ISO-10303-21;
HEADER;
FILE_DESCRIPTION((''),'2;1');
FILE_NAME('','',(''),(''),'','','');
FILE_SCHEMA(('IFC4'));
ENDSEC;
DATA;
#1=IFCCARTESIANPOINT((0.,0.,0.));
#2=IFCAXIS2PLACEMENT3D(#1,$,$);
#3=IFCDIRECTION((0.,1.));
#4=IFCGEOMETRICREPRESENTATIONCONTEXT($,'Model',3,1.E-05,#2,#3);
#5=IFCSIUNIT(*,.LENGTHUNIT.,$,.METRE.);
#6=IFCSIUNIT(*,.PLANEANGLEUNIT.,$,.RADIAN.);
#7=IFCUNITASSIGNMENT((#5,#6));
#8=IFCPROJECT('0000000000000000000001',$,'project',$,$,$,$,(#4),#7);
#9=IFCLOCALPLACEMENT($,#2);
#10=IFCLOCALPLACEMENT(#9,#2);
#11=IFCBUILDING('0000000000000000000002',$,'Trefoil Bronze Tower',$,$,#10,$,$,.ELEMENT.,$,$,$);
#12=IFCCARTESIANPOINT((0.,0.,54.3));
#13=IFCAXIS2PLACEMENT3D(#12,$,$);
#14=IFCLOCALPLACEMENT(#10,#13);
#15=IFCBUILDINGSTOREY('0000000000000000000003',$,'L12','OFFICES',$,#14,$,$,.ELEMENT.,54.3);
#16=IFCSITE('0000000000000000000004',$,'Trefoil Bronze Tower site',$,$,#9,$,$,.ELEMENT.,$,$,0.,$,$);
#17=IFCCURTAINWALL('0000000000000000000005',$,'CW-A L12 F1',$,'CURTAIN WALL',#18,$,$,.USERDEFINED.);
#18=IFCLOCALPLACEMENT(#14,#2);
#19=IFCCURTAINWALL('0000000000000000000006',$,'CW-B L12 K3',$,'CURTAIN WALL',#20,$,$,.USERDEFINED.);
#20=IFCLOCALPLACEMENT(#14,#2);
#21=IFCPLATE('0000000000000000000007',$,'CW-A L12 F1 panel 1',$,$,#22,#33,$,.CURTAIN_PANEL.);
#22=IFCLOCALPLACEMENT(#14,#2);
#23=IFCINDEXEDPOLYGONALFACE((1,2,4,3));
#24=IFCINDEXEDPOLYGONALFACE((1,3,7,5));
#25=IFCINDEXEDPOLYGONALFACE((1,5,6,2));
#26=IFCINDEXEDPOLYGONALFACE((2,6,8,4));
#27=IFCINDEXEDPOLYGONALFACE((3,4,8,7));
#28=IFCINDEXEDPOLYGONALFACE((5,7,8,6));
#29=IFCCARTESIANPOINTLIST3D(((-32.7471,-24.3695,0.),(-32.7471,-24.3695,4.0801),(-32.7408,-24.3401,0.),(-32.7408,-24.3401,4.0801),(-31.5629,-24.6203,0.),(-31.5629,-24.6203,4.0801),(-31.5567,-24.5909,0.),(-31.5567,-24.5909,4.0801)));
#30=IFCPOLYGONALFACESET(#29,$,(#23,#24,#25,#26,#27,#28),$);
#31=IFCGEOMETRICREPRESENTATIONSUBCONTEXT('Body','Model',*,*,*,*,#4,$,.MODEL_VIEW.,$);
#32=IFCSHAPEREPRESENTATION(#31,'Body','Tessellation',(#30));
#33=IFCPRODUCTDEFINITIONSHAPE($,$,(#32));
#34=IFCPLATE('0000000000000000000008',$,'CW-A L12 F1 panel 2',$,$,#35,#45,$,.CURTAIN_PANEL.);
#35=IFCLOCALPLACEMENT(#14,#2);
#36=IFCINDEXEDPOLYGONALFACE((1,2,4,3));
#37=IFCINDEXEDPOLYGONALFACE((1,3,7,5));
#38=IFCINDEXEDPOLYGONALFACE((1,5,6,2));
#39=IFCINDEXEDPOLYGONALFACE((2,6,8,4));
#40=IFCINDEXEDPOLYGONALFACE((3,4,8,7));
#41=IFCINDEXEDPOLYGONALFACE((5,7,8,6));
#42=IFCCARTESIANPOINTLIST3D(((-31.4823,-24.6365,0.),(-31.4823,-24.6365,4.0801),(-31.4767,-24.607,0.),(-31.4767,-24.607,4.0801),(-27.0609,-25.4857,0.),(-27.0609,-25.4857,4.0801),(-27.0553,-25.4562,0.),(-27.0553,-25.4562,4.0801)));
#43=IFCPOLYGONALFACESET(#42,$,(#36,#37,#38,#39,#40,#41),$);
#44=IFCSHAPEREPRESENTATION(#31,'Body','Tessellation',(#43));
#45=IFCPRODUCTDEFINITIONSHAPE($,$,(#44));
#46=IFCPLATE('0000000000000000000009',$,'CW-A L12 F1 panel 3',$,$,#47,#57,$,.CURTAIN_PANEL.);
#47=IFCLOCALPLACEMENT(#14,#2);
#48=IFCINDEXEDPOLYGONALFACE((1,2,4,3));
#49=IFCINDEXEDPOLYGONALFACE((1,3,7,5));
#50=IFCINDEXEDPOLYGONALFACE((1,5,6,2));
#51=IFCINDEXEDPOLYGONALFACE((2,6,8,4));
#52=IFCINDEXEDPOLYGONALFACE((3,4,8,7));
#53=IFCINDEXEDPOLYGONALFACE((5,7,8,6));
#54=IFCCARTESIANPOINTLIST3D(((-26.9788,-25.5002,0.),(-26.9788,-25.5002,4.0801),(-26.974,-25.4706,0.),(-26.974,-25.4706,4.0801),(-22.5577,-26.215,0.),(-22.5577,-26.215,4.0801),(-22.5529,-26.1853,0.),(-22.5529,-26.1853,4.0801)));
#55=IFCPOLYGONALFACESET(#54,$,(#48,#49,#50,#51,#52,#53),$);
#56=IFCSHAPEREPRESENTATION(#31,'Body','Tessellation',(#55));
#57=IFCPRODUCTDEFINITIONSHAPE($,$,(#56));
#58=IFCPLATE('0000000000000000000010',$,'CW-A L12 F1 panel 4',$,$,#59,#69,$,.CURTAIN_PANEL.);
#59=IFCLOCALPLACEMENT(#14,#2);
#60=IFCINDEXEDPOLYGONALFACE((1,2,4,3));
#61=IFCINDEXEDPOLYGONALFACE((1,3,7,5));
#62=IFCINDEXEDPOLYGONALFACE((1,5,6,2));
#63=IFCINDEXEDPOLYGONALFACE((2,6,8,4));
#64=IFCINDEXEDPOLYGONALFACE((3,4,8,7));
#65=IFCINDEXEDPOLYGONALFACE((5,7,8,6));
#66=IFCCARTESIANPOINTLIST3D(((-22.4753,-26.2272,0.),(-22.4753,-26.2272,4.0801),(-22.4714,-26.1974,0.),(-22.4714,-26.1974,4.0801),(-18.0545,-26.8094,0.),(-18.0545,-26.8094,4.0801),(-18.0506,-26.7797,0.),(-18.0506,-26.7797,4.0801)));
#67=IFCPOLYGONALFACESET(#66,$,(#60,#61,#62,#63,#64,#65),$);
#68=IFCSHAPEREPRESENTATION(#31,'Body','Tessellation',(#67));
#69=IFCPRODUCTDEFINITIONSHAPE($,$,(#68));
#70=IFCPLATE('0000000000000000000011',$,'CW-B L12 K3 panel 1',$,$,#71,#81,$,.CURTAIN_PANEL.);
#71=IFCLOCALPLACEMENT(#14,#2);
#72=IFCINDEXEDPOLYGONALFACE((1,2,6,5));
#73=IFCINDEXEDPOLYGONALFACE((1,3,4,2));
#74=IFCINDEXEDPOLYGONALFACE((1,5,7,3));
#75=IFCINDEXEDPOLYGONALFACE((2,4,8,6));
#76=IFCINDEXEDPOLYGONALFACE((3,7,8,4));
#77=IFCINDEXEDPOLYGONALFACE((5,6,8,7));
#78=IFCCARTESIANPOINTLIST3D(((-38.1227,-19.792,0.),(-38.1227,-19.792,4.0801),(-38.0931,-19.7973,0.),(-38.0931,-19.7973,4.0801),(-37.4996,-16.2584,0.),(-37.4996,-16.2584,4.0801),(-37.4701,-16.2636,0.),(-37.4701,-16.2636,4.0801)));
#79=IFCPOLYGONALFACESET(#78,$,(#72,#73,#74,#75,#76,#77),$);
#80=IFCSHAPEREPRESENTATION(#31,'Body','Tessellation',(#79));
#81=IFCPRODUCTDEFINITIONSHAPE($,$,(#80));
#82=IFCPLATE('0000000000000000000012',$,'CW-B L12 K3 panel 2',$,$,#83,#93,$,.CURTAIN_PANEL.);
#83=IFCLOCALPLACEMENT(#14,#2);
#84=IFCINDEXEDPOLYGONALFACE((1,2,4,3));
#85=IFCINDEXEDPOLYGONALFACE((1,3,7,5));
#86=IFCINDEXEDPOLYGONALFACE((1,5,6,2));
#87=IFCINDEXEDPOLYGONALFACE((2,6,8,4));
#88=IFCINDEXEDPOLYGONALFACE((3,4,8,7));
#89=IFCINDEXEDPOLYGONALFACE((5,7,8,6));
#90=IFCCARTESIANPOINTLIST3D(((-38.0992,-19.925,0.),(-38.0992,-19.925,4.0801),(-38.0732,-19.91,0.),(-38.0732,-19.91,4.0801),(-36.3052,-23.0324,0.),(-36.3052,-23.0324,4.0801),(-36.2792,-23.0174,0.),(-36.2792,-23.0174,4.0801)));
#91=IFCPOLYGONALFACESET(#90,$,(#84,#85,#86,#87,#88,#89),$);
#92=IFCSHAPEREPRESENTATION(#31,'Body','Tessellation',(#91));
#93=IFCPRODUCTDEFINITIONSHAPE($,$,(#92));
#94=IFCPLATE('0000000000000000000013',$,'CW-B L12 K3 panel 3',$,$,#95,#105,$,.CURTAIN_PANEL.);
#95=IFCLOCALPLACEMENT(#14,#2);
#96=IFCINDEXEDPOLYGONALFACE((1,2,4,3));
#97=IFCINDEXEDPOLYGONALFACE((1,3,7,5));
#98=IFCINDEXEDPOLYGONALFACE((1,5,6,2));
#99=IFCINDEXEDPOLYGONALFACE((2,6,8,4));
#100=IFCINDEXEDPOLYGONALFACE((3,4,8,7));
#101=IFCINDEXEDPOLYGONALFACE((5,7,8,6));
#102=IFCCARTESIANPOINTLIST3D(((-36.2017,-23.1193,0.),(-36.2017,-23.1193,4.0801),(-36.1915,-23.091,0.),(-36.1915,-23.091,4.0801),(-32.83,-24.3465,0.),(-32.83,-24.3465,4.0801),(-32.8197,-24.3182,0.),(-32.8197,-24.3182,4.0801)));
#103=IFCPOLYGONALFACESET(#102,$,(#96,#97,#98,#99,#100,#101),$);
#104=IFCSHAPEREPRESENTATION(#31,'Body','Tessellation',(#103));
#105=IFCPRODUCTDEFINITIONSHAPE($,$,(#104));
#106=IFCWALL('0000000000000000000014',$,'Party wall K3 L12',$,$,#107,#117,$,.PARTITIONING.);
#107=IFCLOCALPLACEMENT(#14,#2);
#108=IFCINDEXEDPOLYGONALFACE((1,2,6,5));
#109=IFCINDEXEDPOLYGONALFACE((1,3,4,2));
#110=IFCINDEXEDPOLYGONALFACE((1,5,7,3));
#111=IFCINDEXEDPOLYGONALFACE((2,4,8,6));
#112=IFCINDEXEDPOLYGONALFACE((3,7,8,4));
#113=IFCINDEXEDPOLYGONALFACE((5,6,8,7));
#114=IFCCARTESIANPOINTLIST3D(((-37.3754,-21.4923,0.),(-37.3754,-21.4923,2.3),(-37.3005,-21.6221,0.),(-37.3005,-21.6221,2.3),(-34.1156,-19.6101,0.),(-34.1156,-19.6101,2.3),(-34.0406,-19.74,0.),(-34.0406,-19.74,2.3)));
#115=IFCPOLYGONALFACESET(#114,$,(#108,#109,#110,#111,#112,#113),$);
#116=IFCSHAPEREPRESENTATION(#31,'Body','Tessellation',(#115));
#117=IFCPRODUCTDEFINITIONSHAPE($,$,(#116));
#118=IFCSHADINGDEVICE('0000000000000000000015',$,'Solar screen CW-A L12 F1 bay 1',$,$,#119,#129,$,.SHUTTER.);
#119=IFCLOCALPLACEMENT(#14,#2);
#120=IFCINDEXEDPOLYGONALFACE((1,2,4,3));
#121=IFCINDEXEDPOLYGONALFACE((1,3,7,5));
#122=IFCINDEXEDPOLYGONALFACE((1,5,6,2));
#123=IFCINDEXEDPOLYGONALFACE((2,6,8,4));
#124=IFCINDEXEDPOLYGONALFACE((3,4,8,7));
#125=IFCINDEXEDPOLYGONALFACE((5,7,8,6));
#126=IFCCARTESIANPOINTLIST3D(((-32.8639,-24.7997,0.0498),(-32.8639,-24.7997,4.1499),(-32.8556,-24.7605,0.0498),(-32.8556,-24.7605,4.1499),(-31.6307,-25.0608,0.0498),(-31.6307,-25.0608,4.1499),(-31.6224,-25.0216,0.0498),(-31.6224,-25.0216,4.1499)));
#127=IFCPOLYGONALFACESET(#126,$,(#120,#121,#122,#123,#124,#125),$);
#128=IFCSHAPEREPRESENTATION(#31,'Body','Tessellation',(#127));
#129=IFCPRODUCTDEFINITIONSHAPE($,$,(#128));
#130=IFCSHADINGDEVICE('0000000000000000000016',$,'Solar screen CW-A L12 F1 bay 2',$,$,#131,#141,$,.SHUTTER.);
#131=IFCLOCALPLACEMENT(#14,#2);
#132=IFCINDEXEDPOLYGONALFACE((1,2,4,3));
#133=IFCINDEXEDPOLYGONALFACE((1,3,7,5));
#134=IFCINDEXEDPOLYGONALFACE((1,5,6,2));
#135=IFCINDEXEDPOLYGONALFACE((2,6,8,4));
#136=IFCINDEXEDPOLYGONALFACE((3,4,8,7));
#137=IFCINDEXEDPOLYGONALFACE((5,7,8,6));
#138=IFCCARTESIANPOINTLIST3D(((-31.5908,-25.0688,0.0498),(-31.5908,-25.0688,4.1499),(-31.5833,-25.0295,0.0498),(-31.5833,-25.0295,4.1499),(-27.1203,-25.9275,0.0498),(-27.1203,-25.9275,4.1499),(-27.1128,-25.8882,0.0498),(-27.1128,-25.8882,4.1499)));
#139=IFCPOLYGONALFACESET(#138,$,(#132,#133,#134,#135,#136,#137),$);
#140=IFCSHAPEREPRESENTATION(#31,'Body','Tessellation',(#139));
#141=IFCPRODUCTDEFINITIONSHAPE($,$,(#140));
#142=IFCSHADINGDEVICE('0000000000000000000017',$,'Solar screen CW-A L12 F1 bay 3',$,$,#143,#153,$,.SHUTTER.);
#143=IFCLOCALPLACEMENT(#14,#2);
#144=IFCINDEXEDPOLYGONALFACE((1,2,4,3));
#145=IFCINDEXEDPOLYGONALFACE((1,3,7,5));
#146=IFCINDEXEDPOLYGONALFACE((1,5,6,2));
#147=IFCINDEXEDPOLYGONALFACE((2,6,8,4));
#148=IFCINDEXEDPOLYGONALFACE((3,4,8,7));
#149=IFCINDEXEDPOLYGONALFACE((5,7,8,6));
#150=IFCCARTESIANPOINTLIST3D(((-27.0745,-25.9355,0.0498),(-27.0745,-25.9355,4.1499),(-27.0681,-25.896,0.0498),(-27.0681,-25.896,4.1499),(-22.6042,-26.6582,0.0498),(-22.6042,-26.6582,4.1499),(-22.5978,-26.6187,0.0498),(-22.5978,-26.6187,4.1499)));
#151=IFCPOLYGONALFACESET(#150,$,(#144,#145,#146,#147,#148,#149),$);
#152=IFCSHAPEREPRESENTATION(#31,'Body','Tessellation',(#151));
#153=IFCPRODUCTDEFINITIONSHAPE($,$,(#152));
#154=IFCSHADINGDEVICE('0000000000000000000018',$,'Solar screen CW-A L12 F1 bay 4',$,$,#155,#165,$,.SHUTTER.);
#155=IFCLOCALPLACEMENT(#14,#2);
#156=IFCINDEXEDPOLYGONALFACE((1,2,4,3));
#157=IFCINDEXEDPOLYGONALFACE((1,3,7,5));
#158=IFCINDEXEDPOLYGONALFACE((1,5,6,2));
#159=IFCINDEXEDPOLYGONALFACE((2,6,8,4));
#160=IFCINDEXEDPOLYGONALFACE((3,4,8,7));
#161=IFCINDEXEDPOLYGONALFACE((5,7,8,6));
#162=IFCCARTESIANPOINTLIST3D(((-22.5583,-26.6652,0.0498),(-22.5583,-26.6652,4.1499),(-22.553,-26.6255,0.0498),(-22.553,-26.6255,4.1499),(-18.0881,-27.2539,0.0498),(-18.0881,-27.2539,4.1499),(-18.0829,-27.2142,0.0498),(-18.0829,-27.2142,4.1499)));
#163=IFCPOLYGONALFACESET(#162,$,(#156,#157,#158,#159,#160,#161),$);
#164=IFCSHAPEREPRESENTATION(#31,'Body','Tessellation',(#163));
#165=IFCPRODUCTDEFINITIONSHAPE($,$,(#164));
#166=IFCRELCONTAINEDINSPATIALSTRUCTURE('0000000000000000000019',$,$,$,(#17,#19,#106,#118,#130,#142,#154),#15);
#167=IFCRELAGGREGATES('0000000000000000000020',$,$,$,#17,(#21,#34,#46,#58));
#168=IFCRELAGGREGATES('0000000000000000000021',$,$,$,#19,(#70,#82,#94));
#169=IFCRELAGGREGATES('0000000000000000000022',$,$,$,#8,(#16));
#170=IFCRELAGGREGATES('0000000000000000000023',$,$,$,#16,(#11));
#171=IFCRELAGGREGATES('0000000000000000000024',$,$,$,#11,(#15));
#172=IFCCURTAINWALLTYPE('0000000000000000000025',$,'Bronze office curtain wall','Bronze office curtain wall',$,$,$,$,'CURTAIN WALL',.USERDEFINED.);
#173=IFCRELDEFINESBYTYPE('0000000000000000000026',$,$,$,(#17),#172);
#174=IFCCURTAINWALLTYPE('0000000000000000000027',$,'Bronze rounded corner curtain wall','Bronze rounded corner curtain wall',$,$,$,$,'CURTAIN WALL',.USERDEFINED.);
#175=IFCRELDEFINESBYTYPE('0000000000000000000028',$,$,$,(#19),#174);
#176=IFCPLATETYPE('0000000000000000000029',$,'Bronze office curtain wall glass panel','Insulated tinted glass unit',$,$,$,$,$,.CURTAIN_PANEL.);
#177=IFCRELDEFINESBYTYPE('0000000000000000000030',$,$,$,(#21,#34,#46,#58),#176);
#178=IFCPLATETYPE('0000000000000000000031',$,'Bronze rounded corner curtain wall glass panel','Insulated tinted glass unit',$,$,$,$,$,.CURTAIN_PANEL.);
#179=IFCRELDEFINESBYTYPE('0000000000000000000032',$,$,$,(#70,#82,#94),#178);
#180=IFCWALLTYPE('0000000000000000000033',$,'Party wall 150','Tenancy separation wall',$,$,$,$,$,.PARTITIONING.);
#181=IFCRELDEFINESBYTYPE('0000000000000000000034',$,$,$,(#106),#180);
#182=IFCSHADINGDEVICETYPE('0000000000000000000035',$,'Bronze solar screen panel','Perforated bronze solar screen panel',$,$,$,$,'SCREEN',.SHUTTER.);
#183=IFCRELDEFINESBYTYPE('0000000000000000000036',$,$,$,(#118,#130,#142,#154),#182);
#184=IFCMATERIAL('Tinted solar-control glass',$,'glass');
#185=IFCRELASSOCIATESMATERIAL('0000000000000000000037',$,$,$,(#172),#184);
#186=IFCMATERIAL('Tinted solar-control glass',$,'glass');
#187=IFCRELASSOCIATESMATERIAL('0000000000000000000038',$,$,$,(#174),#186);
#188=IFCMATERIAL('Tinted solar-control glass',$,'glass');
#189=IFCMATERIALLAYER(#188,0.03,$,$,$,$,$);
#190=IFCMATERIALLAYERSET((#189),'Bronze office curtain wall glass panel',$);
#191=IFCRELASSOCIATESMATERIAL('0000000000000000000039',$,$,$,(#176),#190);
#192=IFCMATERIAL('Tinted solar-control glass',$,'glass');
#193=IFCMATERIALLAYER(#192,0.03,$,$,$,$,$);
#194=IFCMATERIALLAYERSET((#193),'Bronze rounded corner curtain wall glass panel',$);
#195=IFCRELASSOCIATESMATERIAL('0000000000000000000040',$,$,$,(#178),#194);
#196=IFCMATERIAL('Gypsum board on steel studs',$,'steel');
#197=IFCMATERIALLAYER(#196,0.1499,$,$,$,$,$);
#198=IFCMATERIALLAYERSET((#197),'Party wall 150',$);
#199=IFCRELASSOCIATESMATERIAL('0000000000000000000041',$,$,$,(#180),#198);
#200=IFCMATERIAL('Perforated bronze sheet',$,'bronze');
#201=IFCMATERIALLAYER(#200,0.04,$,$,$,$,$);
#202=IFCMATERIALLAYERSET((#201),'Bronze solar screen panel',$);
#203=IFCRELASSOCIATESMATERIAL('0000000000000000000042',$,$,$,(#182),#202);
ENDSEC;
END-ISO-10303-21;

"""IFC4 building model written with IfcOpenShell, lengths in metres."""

from ifc_helpers import new_model, si_unit, direction, frame, frame_2d, origin, origin_2d, place, context, subcontext, project, spatial, rectangle, extrude, material, layer, layer_set, type_object, element, aggregate, save


model = new_model("IFC4")

# Units and contexts
model_context = context("Model", 3, precision=1e-05, world=origin(), true_north=direction((0.0, 1.0)))
body_context = subcontext(model_context, "Body", "Model", "MODEL_VIEW")
ifc_project = project(units=[si_unit("LENGTHUNIT", "METRE"), si_unit("PLANEANGLEUNIT", "RADIAN")], contexts=[model_context])

# Site, building, storey
site_placement = place(None, origin())
site = spatial("IfcSite", under=ifc_project, at=site_placement, Name="Trefoil Bronze Tower site", CompositionType="ELEMENT", RefElevation=0.0)
building_placement = place(site_placement, origin())
building = spatial("IfcBuilding", under=site, at=building_placement, Name="Trefoil Bronze Tower", CompositionType="ELEMENT")
storey_placement = place(building_placement, frame((0.0, 0.0, 54.3)))
storey = spatial("IfcBuildingStorey", under=building, at=storey_placement, Name="L12", Description="OFFICES", CompositionType="ELEMENT", Elevation=54.3)

# Curtain walls
ifc_material_1 = material(Name="Tinted solar-control glass", Category="glass")
curtain_wall_type_1 = type_object("IfcCurtainWallType", Name="Bronze office curtain wall", Description="Bronze office curtain wall", ElementType="CURTAIN WALL", PredefinedType="USERDEFINED", material=ifc_material_1)
curtain_wall_1_placement = place(storey_placement, origin())
curtain_wall_1 = element("IfcCurtainWall", 1, at=curtain_wall_1_placement, inside=storey, type_object=curtain_wall_type_1, Name="CW-A L12 F1", ObjectType="CURTAIN WALL", PredefinedType="USERDEFINED")
ifc_material_2 = material(Name="Tinted solar-control glass", Category="glass")
curtain_wall_type_2 = type_object("IfcCurtainWallType", Name="Bronze rounded corner curtain wall", Description="Bronze rounded corner curtain wall", ElementType="CURTAIN WALL", PredefinedType="USERDEFINED", material=ifc_material_2)
curtain_wall_2_placement = place(storey_placement, origin())
curtain_wall_2 = element("IfcCurtainWall", 2, at=curtain_wall_2_placement, inside=storey, type_object=curtain_wall_type_2, Name="CW-B L12 K3", ObjectType="CURTAIN WALL", PredefinedType="USERDEFINED")

# Plates
ifc_material_3 = material(Name="Tinted solar-control glass", Category="glass")
ifc_layer_1 = layer(ifc_material_3, 0.03)
ifc_layer_set_1 = layer_set([ifc_layer_1], Name="Bronze office curtain wall glass panel")
plate_type_1 = type_object("IfcPlateType", Name="Bronze office curtain wall glass panel", Description="Insulated tinted glass unit", PredefinedType="CURTAIN_PANEL", material=ifc_layer_set_1)
plate_1_placement = place(storey_placement, frame((-32.1519, -24.4802, 0.0), z_axis=(0.0, 0.0, 1.0), x_axis=(0.978303, -0.207181, 0.0)))
plate_1 = element("IfcPlate", 3, at=plate_1_placement, type_object=plate_type_1, Name="CW-A L12 F1 panel 1", PredefinedType="CURTAIN_PANEL", context=body_context, shape_type="SweptSolid", body=[
    extrude(rectangle(XDim=1.2104, YDim=0.03, at=origin_2d()), origin(), (0.0, 0.0, 1.0), 4.0801),
])
plate_2_placement = place(storey_placement, frame((-29.2688, -25.0464, 0.0), z_axis=(0.0, 0.0, 1.0), x_axis=(0.98205, -0.188622, 0.0)))
plate_2 = element("IfcPlate", 4, at=plate_2_placement, type_object=plate_type_1, Name="CW-A L12 F1 panel 2", PredefinedType="CURTAIN_PANEL", context=body_context, shape_type="SweptSolid", body=[
    extrude(rectangle(XDim=4.5022, YDim=0.03, at=origin_2d()), origin(), (0.0, 0.0, 1.0), 4.0801),
])
plate_3_placement = place(storey_placement, frame((-24.7659, -25.8428, 0.0), z_axis=(0.0, 0.0, 1.0), x_axis=(0.987181, -0.159603, 0.0)))
plate_3 = element("IfcPlate", 5, at=plate_3_placement, type_object=plate_type_1, Name="CW-A L12 F1 panel 3", PredefinedType="CURTAIN_PANEL", context=body_context, shape_type="SweptSolid", body=[
    extrude(rectangle(XDim=4.4785, YDim=0.03, at=origin_2d()), origin(), (0.0, 0.0, 1.0), 4.0801),
])
plate_4_placement = place(storey_placement, frame((-20.2629, -26.5034, 0.0), z_axis=(0.0, 0.0, 1.0), x_axis=(0.991437, -0.130584, 0.0)))
plate_4 = element("IfcPlate", 6, at=plate_4_placement, type_object=plate_type_1, Name="CW-A L12 F1 panel 4", PredefinedType="CURTAIN_PANEL", context=body_context, shape_type="SweptSolid", body=[
    extrude(rectangle(XDim=4.459, YDim=0.03, at=origin_2d()), origin(), (0.0, 0.0, 1.0), 4.0801),
])
aggregate(curtain_wall_1, [plate_1, plate_2, plate_3, plate_4])
ifc_material_4 = material(Name="Tinted solar-control glass", Category="glass")
ifc_layer_2 = layer(ifc_material_4, 0.03)
ifc_layer_set_2 = layer_set([ifc_layer_2], Name="Bronze rounded corner curtain wall glass panel")
plate_type_2 = type_object("IfcPlateType", Name="Bronze rounded corner curtain wall glass panel", Description="Insulated tinted glass unit", PredefinedType="CURTAIN_PANEL", material=ifc_layer_set_2)
plate_5_placement = place(storey_placement, frame((-37.7964, -18.0278, 0.0), z_axis=(0.0, 0.0, 1.0), x_axis=(-0.173648, -0.984808, 0.0)))
plate_5 = element("IfcPlate", 7, at=plate_5_placement, type_object=plate_type_2, Name="CW-B L12 K3 panel 1", PredefinedType="CURTAIN_PANEL", context=body_context, shape_type="SweptSolid", body=[
    extrude(rectangle(XDim=3.5881, YDim=0.03, at=origin_2d()), origin(), (0.0, 0.0, 1.0), 4.0801),
])
plate_6_placement = place(storey_placement, frame((-37.1892, -21.4712, 0.0), z_axis=(0.0, 0.0, 1.0), x_axis=(0.5, -0.866025, 0.0)))
plate_6 = element("IfcPlate", 8, at=plate_6_placement, type_object=plate_type_2, Name="CW-B L12 K3 panel 2", PredefinedType="CURTAIN_PANEL", context=body_context, shape_type="SweptSolid", body=[
    extrude(rectangle(XDim=3.5881, YDim=0.03, at=origin_2d()), origin(), (0.0, 0.0, 1.0), 4.0801),
])
plate_7_placement = place(storey_placement, frame((-34.5107, -23.7188, 0.0), z_axis=(0.0, 0.0, 1.0), x_axis=(0.939693, -0.34202, 0.0)))
plate_7 = element("IfcPlate", 9, at=plate_7_placement, type_object=plate_type_2, Name="CW-B L12 K3 panel 3", PredefinedType="CURTAIN_PANEL", context=body_context, shape_type="SweptSolid", body=[
    extrude(rectangle(XDim=3.5881, YDim=0.03, at=origin_2d()), origin(), (0.0, 0.0, 1.0), 4.0801),
])
aggregate(curtain_wall_2, [plate_5, plate_6, plate_7])

# Wall
ifc_material_5 = material(Name="Gypsum board on steel studs", Category="steel")
ifc_layer_3 = layer(ifc_material_5, 0.1499)
ifc_layer_set_3 = layer_set([ifc_layer_3], Name="Party wall 150")
wall_type = type_object("IfcWallType", Name="Party wall 150", Description="Tenancy separation wall", PredefinedType="PARTITIONING", material=ifc_layer_set_3)
wall_placement = place(storey_placement, frame((-34.0781, -19.675, 0.0), z_axis=(0.0, 0.0, 1.0), x_axis=(-0.866019, -0.500011, 0.0)))
element("IfcWall", 10, at=wall_placement, inside=storey, type_object=wall_type, Name="Party wall K3 L12", PredefinedType="PARTITIONING", context=body_context, shape_type="SweptSolid", body=[
    extrude(rectangle(XDim=3.7642, YDim=0.1499, at=frame_2d((1.8821, 0.0))), origin(), (0.0, 0.0, 1.0), 2.3),
])

# Shading devices
ifc_material_6 = material(Name="Perforated bronze sheet", Category="bronze")
ifc_layer_4 = layer(ifc_material_6, 0.04)
ifc_layer_set_4 = layer_set([ifc_layer_4], Name="Bronze solar screen panel")
shading_device_type = type_object("IfcShadingDeviceType", Name="Bronze solar screen panel", Description="Perforated bronze solar screen panel", ElementType="SCREEN", PredefinedType="SHUTTER", material=ifc_layer_set_4)
shading_device_1_placement = place(storey_placement, frame((-32.2432, -24.9106, 0.0498), z_axis=(0.0, 0.0, 1.0), x_axis=(0.978303, -0.207181, 0.0)))
element("IfcShadingDevice", 11, at=shading_device_1_placement, inside=storey, type_object=shading_device_type, Name="Solar screen CW-A L12 F1 bay 1", PredefinedType="SHUTTER", context=body_context, shape_type="SweptSolid", body=[
    extrude(rectangle(XDim=1.2605, YDim=0.04, at=origin_2d()), origin(), (0.0, 0.0, 1.0), 4.1001),
])
shading_device_2_placement = place(storey_placement, frame((-29.3518, -25.4785, 0.0498), z_axis=(0.0, 0.0, 1.0), x_axis=(0.98205, -0.188622, 0.0)))
element("IfcShadingDevice", 12, at=shading_device_2_placement, inside=storey, type_object=shading_device_type, Name="Solar screen CW-A L12 F1 bay 2", PredefinedType="SHUTTER", context=body_context, shape_type="SweptSolid", body=[
    extrude(rectangle(XDim=4.5522, YDim=0.04, at=origin_2d()), origin(), (0.0, 0.0, 1.0), 4.1001),
])
shading_device_3_placement = place(storey_placement, frame((-24.8362, -26.2771, 0.0498), z_axis=(0.0, 0.0, 1.0), x_axis=(0.987181, -0.159603, 0.0)))
element("IfcShadingDevice", 13, at=shading_device_3_placement, inside=storey, type_object=shading_device_type, Name="Solar screen CW-A L12 F1 bay 3", PredefinedType="SHUTTER", context=body_context, shape_type="SweptSolid", body=[
    extrude(rectangle(XDim=4.5283, YDim=0.04, at=origin_2d()), origin(), (0.0, 0.0, 1.0), 4.1001),
])
shading_device_4_placement = place(storey_placement, frame((-20.3206, -26.9397, 0.0498), z_axis=(0.0, 0.0, 1.0), x_axis=(0.991437, -0.130584, 0.0)))
element("IfcShadingDevice", 14, at=shading_device_4_placement, inside=storey, type_object=shading_device_type, Name="Solar screen CW-A L12 F1 bay 4", PredefinedType="SHUTTER", context=body_context, shape_type="SweptSolid", body=[
    extrude(rectangle(XDim=4.5088, YDim=0.04, at=origin_2d()), origin(), (0.0, 0.0, 1.0), 4.1001),
])

save(model, "model.ifc")
